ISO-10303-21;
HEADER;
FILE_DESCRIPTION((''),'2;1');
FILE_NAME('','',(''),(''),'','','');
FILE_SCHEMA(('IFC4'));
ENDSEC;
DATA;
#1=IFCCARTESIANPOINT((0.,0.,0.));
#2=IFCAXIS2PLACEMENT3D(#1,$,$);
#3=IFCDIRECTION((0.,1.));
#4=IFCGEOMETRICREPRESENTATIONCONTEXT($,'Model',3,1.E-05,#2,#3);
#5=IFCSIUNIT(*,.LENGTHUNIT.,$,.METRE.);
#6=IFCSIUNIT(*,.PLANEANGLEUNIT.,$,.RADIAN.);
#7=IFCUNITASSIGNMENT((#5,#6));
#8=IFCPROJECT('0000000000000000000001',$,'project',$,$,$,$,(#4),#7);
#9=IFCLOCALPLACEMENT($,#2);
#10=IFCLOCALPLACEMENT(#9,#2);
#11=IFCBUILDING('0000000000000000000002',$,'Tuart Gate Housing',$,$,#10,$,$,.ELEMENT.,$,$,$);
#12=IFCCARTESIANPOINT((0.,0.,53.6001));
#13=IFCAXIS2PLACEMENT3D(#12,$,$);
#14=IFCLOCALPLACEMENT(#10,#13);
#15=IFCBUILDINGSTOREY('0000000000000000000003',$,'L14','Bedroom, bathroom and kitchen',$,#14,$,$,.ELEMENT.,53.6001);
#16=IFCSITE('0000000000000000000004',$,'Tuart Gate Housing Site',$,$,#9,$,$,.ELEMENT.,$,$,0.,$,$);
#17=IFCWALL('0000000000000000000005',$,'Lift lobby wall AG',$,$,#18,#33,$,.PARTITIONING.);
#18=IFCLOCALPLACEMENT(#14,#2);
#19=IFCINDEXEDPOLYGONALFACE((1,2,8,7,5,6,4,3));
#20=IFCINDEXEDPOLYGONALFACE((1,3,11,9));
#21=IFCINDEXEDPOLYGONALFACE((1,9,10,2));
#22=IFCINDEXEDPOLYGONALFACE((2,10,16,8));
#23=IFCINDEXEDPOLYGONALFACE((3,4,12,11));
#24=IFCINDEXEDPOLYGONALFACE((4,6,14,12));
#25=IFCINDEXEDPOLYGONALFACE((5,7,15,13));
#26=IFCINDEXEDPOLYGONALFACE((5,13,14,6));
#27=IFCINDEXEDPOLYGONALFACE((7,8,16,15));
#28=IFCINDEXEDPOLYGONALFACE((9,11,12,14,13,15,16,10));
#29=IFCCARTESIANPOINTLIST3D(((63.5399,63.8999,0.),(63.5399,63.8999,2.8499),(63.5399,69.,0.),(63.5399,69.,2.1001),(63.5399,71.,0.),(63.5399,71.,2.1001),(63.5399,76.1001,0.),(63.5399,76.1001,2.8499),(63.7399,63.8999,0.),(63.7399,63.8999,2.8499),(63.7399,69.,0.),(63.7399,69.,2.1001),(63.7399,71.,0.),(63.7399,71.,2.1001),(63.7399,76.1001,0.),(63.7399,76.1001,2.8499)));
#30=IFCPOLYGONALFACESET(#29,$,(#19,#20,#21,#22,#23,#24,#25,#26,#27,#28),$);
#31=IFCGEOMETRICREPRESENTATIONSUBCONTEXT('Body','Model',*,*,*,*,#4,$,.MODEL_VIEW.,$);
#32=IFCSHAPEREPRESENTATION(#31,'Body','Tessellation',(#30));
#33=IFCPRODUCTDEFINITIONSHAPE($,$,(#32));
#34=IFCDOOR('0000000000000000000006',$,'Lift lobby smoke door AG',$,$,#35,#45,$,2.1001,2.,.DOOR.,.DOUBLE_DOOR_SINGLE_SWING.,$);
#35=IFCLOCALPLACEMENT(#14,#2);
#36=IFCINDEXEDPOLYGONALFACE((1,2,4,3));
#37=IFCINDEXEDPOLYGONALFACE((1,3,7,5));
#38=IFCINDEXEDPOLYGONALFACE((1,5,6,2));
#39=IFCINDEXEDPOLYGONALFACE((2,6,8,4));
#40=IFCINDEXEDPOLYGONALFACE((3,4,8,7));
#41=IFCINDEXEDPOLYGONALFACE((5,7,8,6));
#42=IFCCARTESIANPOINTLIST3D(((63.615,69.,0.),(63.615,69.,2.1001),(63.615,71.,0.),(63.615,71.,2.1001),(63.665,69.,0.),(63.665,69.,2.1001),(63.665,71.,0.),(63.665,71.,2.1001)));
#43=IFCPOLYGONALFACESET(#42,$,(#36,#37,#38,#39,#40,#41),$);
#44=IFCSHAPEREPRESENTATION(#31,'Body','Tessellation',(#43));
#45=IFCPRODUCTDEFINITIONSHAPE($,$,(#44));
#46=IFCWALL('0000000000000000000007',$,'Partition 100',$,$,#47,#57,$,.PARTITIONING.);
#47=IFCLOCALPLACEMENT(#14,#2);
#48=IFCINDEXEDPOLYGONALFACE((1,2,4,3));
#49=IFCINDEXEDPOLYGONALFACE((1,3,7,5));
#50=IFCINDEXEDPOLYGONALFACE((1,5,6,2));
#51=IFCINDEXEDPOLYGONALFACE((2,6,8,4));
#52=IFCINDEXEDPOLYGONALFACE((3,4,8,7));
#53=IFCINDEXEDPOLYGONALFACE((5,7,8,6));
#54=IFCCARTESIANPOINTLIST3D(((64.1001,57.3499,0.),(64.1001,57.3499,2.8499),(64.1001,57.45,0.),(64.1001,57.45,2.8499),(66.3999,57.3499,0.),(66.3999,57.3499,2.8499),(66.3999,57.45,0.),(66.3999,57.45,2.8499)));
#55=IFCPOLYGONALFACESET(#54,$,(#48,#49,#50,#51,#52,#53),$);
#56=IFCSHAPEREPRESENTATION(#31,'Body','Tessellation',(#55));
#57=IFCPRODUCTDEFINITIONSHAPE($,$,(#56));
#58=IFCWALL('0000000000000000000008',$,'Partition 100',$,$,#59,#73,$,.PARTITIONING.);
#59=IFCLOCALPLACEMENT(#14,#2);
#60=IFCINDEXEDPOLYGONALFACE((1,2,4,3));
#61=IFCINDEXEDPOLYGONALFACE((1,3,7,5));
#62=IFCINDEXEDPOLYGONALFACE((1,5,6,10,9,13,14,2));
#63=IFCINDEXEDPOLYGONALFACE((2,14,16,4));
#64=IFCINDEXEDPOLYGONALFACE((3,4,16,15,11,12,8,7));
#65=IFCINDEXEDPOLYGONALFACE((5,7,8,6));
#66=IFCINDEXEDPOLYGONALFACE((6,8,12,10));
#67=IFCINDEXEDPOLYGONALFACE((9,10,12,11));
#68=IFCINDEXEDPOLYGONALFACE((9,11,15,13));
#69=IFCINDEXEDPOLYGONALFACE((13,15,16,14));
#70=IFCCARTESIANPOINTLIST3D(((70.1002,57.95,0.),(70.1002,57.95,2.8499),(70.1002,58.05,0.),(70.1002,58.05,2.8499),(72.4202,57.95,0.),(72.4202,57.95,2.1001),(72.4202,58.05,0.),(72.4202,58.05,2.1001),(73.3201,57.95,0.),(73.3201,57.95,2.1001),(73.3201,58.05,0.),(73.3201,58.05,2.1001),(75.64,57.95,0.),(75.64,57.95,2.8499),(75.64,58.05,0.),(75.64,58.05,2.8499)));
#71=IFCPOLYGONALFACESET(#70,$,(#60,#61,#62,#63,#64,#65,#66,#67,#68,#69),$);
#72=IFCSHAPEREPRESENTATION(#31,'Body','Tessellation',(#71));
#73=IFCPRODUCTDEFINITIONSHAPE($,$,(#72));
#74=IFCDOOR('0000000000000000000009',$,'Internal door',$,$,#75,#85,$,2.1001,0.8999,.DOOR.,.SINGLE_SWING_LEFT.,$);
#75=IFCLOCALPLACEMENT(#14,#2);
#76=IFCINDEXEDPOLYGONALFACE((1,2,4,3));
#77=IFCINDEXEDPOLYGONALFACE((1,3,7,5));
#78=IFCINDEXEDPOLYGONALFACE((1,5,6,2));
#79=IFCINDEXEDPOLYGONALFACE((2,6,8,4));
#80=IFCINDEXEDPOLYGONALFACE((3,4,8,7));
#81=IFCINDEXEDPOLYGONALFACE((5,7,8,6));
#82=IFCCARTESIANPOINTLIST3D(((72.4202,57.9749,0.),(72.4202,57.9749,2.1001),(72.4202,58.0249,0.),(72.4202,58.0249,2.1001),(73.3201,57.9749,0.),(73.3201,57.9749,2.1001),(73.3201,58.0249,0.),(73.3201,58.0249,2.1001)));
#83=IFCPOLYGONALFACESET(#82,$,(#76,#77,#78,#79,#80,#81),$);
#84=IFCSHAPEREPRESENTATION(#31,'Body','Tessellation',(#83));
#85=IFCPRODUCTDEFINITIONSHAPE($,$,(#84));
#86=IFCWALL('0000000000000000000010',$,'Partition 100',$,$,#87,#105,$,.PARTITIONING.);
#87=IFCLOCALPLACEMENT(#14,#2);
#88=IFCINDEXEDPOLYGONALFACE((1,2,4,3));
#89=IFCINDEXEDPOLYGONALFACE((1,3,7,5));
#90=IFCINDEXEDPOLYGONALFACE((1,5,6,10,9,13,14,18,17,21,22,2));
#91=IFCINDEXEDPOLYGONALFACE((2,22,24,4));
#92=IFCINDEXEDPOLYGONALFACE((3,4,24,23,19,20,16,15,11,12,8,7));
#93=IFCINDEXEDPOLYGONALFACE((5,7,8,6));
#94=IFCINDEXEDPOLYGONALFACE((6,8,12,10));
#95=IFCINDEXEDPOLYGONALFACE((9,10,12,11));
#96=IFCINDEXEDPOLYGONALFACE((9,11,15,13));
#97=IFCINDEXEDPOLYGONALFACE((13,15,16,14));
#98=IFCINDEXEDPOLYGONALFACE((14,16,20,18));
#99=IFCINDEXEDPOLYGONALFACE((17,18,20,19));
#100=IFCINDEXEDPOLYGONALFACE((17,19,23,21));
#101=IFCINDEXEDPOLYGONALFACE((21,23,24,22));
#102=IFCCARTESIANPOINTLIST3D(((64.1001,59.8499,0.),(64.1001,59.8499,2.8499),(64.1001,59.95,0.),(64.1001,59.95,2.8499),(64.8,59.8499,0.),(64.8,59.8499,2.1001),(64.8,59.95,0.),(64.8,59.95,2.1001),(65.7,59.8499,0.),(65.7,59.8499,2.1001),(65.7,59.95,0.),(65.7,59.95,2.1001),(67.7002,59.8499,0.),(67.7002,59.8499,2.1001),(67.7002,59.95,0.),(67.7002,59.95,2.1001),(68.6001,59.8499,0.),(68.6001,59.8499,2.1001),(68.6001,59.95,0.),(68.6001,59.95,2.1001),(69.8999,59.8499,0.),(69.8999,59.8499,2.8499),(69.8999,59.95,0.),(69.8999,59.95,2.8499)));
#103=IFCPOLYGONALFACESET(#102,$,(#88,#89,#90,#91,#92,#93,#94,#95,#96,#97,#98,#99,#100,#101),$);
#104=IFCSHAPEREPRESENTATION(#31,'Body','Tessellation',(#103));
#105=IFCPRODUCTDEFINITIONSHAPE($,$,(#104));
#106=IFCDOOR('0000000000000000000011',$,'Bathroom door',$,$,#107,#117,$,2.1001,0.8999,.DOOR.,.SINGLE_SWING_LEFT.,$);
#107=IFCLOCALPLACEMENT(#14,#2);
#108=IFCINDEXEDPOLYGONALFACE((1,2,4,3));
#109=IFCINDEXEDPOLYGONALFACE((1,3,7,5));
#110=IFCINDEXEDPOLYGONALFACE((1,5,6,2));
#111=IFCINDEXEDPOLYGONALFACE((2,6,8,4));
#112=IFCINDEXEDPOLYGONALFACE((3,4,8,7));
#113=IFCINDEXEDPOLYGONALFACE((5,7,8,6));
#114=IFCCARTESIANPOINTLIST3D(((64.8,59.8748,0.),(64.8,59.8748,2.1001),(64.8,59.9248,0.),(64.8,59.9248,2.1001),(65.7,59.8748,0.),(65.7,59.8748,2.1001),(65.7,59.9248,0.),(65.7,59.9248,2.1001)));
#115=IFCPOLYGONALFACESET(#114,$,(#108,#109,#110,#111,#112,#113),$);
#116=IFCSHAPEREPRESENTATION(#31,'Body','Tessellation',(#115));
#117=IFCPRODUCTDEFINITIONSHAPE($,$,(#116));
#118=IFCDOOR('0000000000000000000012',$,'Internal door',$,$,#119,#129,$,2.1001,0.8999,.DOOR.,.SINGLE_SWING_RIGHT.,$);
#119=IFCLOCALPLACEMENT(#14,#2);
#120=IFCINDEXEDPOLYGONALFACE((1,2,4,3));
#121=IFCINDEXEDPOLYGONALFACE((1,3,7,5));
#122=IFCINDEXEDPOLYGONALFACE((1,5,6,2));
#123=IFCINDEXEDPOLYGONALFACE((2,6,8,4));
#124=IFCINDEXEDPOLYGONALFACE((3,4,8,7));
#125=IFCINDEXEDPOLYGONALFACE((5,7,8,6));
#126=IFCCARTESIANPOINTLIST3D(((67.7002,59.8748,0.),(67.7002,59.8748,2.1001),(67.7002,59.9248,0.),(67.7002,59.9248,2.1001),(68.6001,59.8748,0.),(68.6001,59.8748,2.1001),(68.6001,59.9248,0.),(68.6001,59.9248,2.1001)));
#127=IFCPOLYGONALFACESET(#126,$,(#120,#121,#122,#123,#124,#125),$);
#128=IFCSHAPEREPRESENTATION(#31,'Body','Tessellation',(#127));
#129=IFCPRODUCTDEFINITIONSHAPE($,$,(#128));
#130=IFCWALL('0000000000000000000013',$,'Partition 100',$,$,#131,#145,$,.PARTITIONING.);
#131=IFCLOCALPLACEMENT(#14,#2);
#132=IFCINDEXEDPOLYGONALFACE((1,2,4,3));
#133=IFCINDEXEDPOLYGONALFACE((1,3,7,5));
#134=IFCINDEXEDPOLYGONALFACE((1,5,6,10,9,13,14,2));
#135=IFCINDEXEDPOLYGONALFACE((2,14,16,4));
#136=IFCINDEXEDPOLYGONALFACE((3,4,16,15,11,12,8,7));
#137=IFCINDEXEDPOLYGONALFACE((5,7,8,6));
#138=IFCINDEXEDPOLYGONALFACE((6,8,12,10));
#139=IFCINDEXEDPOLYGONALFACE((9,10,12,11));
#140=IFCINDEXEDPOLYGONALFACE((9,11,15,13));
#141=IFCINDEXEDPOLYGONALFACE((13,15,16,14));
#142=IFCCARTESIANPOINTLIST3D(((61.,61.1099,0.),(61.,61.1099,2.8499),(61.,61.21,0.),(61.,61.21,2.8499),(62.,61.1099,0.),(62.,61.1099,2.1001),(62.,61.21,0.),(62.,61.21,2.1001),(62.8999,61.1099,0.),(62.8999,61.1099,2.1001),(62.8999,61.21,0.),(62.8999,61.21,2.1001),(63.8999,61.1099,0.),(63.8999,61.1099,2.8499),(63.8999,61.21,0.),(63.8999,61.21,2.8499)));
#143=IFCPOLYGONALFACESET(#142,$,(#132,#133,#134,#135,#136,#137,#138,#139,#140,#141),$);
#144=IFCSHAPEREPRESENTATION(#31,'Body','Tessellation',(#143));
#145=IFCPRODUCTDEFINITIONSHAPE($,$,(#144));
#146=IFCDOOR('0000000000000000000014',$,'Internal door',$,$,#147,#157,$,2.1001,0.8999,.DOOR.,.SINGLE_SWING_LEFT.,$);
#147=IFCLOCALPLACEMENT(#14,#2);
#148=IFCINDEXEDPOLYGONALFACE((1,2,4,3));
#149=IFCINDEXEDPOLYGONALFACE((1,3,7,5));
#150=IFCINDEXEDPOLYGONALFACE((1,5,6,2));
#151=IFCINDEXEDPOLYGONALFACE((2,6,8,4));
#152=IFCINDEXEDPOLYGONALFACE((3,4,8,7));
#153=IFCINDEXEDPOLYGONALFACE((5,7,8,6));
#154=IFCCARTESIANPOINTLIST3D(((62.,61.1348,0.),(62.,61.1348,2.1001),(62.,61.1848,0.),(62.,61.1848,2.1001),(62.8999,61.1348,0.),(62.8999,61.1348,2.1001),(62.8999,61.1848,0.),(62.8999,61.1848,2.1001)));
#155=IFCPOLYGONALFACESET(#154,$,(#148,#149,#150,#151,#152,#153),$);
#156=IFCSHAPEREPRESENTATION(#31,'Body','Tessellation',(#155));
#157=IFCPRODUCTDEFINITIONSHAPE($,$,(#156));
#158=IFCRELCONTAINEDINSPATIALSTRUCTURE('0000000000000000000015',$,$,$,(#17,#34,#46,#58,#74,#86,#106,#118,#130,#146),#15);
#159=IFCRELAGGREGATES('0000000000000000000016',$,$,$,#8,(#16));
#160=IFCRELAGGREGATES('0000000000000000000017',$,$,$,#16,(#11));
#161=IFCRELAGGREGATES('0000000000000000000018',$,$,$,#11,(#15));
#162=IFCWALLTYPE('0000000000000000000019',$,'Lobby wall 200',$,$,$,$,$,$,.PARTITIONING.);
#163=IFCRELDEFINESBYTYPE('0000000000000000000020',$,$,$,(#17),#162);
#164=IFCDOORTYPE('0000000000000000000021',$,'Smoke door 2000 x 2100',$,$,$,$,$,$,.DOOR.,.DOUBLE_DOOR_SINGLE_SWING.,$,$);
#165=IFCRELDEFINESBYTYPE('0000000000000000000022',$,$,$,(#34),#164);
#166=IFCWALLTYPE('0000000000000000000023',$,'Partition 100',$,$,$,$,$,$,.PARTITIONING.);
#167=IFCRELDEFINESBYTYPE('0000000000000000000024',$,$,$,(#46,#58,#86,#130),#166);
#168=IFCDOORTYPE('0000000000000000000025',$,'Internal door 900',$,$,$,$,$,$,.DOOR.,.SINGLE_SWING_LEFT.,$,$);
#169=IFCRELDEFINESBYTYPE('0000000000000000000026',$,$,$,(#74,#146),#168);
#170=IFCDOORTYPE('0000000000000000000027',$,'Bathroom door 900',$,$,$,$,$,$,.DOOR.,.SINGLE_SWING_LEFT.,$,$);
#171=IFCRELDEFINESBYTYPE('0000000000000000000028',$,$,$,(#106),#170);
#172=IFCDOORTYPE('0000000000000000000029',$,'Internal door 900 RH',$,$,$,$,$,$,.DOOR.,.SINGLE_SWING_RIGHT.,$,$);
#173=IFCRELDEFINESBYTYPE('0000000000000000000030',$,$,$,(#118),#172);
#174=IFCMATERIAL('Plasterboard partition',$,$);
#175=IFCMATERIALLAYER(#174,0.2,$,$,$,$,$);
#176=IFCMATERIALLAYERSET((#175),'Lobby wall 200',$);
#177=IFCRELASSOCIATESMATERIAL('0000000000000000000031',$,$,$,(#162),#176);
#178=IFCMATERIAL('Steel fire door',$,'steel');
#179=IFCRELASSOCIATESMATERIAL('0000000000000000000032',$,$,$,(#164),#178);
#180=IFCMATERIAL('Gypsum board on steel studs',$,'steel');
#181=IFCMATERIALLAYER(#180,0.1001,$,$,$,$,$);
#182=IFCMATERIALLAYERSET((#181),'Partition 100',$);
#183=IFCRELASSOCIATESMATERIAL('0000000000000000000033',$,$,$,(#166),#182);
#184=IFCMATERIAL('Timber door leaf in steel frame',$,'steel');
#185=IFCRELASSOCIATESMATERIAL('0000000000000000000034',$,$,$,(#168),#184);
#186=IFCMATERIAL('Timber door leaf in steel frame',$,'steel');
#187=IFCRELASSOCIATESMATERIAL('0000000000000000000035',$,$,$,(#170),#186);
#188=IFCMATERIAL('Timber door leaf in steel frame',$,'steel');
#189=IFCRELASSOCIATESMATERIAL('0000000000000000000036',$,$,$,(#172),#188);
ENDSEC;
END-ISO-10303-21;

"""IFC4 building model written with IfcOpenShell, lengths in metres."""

from ifc_helpers import new_model, si_unit, direction, frame, frame_2d, origin, place, context, subcontext, project, spatial, rectangle, extrude, material, layer, layer_set, type_object, element, fill, save


model = new_model("IFC4")

# Units and contexts
model_context = context("Model", 3, precision=1e-05, world=origin(), true_north=direction((0.0, 1.0)))
body_context = subcontext(model_context, "Body", "Model", "MODEL_VIEW")
ifc_project = project(units=[si_unit("LENGTHUNIT", "METRE"), si_unit("PLANEANGLEUNIT", "RADIAN")], contexts=[model_context])

# Site, building, storey
site_placement = place(None, origin())
site = spatial("IfcSite", under=ifc_project, at=site_placement, Name="Tuart Gate Housing Site", CompositionType="ELEMENT", RefElevation=0.0)
building_placement = place(site_placement, origin())
building = spatial("IfcBuilding", under=site, at=building_placement, Name="Tuart Gate Housing", CompositionType="ELEMENT")
storey_placement = place(building_placement, frame((0.0, 0.0, 53.6001)))
storey = spatial("IfcBuildingStorey", under=building, at=storey_placement, Name="L14", Description="Bedroom, bathroom and kitchen", CompositionType="ELEMENT", Elevation=53.6001)

# Wall, opening, door
ifc_material_1 = material(Name="Plasterboard partition")
ifc_layer_1 = layer(ifc_material_1, 0.2)
ifc_layer_set_1 = layer_set([ifc_layer_1], Name="Lobby wall 200")
wall_type_1 = type_object("IfcWallType", Name="Lobby wall 200", PredefinedType="PARTITIONING", material=ifc_layer_set_1)
wall_1_placement = place(storey_placement, frame((63.6399, 63.8999, 0.0), z_axis=(0.0, 0.0, 1.0), x_axis=(0.0, 1.0, 0.0)))
wall_1 = element("IfcWall", 1, at=wall_1_placement, inside=storey, type_object=wall_type_1, Name="Lift lobby wall AG", PredefinedType="PARTITIONING", context=body_context, shape_type="SweptSolid", body=[
    extrude(rectangle(XDim=12.2002, YDim=0.2, at=frame_2d((6.1001, 0.0))), origin(), (0.0, 0.0, 1.0), 2.8499),
])
opening_1_placement = place(wall_1_placement, frame((5.1001, 0.0, 0.0)))
opening_1 = element("IfcOpeningElement", 2, at=opening_1_placement, cuts=wall_1, PredefinedType="OPENING", context=body_context, shape_type="SweptSolid", body=[
    extrude(rectangle(XDim=2.0, YDim=2.1001, at=frame_2d((1.0, 1.05))), frame((0.0, 0.1099, 0.0), z_axis=(0.0, -1.0, 0.0), x_axis=(1.0, 0.0, 0.0)), (0.0, 0.0, 1.0), 0.22),
])
ifc_material_2 = material(Name="Steel fire door", Category="steel")
door_type_1 = type_object("IfcDoorType", Name="Smoke door 2000 x 2100", OperationType="DOUBLE_DOOR_SINGLE_SWING", PredefinedType="DOOR", material=ifc_material_2)
door_1_placement = place(opening_1_placement, frame((2.0, 0.0, 0.0), z_axis=(0.0, 0.0, 1.0), x_axis=(-1.0, 0.0, 0.0)))
door_1 = element("IfcDoor", 3, at=door_1_placement, inside=storey, type_object=door_type_1, Name="Lift lobby smoke door AG", OperationType="DOUBLE_DOOR_SINGLE_SWING", OverallHeight=2.1001, OverallWidth=2.0, PredefinedType="DOOR", context=body_context, shape_type="SweptSolid", body=[
    extrude(rectangle(XDim=2.0, YDim=2.1001, at=frame_2d((1.0, 1.05))), frame((0.0, 0.0251, 0.0), z_axis=(0.0, -1.0, 0.0), x_axis=(1.0, 0.0, 0.0)), (0.0, 0.0, 1.0), 0.05),
])
fill(opening_1, door_1)

# Wall
ifc_material_3 = material(Name="Gypsum board on steel studs", Category="steel")
ifc_layer_2 = layer(ifc_material_3, 0.1001)
ifc_layer_set_2 = layer_set([ifc_layer_2], Name="Partition 100")
wall_type_2 = type_object("IfcWallType", Name="Partition 100", PredefinedType="PARTITIONING", material=ifc_layer_set_2)
wall_2_placement = place(storey_placement, frame((64.1001, 57.3999, 0.0), z_axis=(0.0, 0.0, 1.0), x_axis=(1.0, 0.0, 0.0)))
element("IfcWall", 4, at=wall_2_placement, inside=storey, type_object=wall_type_2, Name="Partition 100", PredefinedType="PARTITIONING", context=body_context, shape_type="SweptSolid", body=[
    extrude(rectangle(XDim=2.2998, YDim=0.1001, at=frame_2d((1.1499, 0.0))), origin(), (0.0, 0.0, 1.0), 2.8499),
])

# Wall, opening, door
wall_3_placement = place(storey_placement, frame((70.1001, 58.0, 0.0), z_axis=(0.0, 0.0, 1.0), x_axis=(1.0, 0.0, 0.0)))
wall_3 = element("IfcWall", 5, at=wall_3_placement, inside=storey, type_object=wall_type_2, Name="Partition 100", PredefinedType="PARTITIONING", context=body_context, shape_type="SweptSolid", body=[
    extrude(rectangle(XDim=5.5398, YDim=0.1001, at=frame_2d((2.77, 0.0))), origin(), (0.0, 0.0, 1.0), 2.8499),
])
opening_2_placement = place(wall_3_placement, frame((2.3201, 0.0, 0.0)))
opening_2 = element("IfcOpeningElement", 6, at=opening_2_placement, cuts=wall_3, PredefinedType="OPENING", context=body_context, shape_type="SweptSolid", body=[
    extrude(rectangle(XDim=0.8999, YDim=2.1001, at=frame_2d((0.45, 1.05))), frame((0.0, 0.0601, 0.0), z_axis=(0.0, -1.0, 0.0), x_axis=(1.0, 0.0, 0.0)), (0.0, 0.0, 1.0), 0.1201),
])
ifc_material_4 = material(Name="Timber door leaf in steel frame", Category="steel")
door_type_2 = type_object("IfcDoorType", Name="Internal door 900", OperationType="SINGLE_SWING_LEFT", PredefinedType="DOOR", material=ifc_material_4)
door_2_placement = place(opening_2_placement, frame((0.8999, 0.0, 0.0), z_axis=(0.0, 0.0, 1.0), x_axis=(-1.0, 0.0, 0.0)))
door_2 = element("IfcDoor", 7, at=door_2_placement, inside=storey, type_object=door_type_2, Name="Internal door", OperationType="SINGLE_SWING_LEFT", OverallHeight=2.1001, OverallWidth=0.8999, PredefinedType="DOOR", context=body_context, shape_type="SweptSolid", body=[
    extrude(rectangle(XDim=0.8999, YDim=2.1001, at=frame_2d((0.45, 1.05))), frame((0.0, 0.0251, 0.0), z_axis=(0.0, -1.0, 0.0), x_axis=(1.0, 0.0, 0.0)), (0.0, 0.0, 1.0), 0.05),
])
fill(opening_2, door_2)

# Wall, openings, doors
wall_4_placement = place(storey_placement, frame((64.1001, 59.8999, 0.0), z_axis=(0.0, 0.0, 1.0), x_axis=(1.0, 0.0, 0.0)))
wall_4 = element("IfcWall", 8, at=wall_4_placement, inside=storey, type_object=wall_type_2, Name="Partition 100", PredefinedType="PARTITIONING", context=body_context, shape_type="SweptSolid", body=[
    extrude(rectangle(XDim=5.7998, YDim=0.1001, at=frame_2d((2.8999, 0.0))), origin(), (0.0, 0.0, 1.0), 2.8499),
])
opening_3_placement = place(wall_4_placement, frame((3.6001, 0.0, 0.0)))
opening_3 = element("IfcOpeningElement", 9, at=opening_3_placement, cuts=wall_4, PredefinedType="OPENING", context=body_context, shape_type="SweptSolid", body=[
    extrude(rectangle(XDim=0.8999, YDim=2.1001, at=frame_2d((0.45, 1.05))), frame((0.0, 0.0601, 0.0), z_axis=(0.0, -1.0, 0.0), x_axis=(1.0, 0.0, 0.0)), (0.0, 0.0, 1.0), 0.1201),
])
opening_4_placement = place(wall_4_placement, frame((0.7, 0.0, 0.0)))
opening_4 = element("IfcOpeningElement", 10, at=opening_4_placement, cuts=wall_4, PredefinedType="OPENING", context=body_context, shape_type="SweptSolid", body=[
    extrude(rectangle(XDim=0.8999, YDim=2.1001, at=frame_2d((0.45, 1.05))), frame((0.0, 0.0601, 0.0), z_axis=(0.0, -1.0, 0.0), x_axis=(1.0, 0.0, 0.0)), (0.0, 0.0, 1.0), 0.1201),
])
ifc_material_5 = material(Name="Timber door leaf in steel frame", Category="steel")
door_type_3 = type_object("IfcDoorType", Name="Bathroom door 900", OperationType="SINGLE_SWING_LEFT", PredefinedType="DOOR", material=ifc_material_5)
door_3_placement = place(opening_4_placement, frame((0.8999, 0.0, 0.0), z_axis=(0.0, 0.0, 1.0), x_axis=(-1.0, 0.0, 0.0)))
door_3 = element("IfcDoor", 11, at=door_3_placement, inside=storey, type_object=door_type_3, Name="Bathroom door", OperationType="SINGLE_SWING_LEFT", OverallHeight=2.1001, OverallWidth=0.8999, PredefinedType="DOOR", context=body_context, shape_type="SweptSolid", body=[
    extrude(rectangle(XDim=0.8999, YDim=2.1001, at=frame_2d((0.45, 1.05))), frame((0.0, 0.0251, 0.0), z_axis=(0.0, -1.0, 0.0), x_axis=(1.0, 0.0, 0.0)), (0.0, 0.0, 1.0), 0.05),
])
fill(opening_4, door_3)
ifc_material_6 = material(Name="Timber door leaf in steel frame", Category="steel")
door_type_4 = type_object("IfcDoorType", Name="Internal door 900 RH", OperationType="SINGLE_SWING_RIGHT", PredefinedType="DOOR", material=ifc_material_6)
door_4_placement = place(opening_3_placement, frame((0.8999, 0.0, 0.0), z_axis=(0.0, 0.0, 1.0), x_axis=(-1.0, 0.0, 0.0)))
door_4 = element("IfcDoor", 12, at=door_4_placement, inside=storey, type_object=door_type_4, Name="Internal door", OperationType="SINGLE_SWING_RIGHT", OverallHeight=2.1001, OverallWidth=0.8999, PredefinedType="DOOR", context=body_context, shape_type="SweptSolid", body=[
    extrude(rectangle(XDim=0.8999, YDim=2.1001, at=frame_2d((0.45, 1.05))), frame((0.0, 0.0251, 0.0), z_axis=(0.0, -1.0, 0.0), x_axis=(1.0, 0.0, 0.0)), (0.0, 0.0, 1.0), 0.05),
])
fill(opening_3, door_4)

# Wall, opening, door
wall_5_placement = place(storey_placement, frame((61.0, 61.1599, 0.0), z_axis=(0.0, 0.0, 1.0), x_axis=(1.0, 0.0, 0.0)))
wall_5 = element("IfcWall", 13, at=wall_5_placement, inside=storey, type_object=wall_type_2, Name="Partition 100", PredefinedType="PARTITIONING", context=body_context, shape_type="SweptSolid", body=[
    extrude(rectangle(XDim=2.8999, YDim=0.1001, at=frame_2d((1.45, 0.0))), origin(), (0.0, 0.0, 1.0), 2.8499),
])
opening_5_placement = place(wall_5_placement, frame((1.0, 0.0, 0.0)))
opening_5 = element("IfcOpeningElement", 14, at=opening_5_placement, cuts=wall_5, PredefinedType="OPENING", context=body_context, shape_type="SweptSolid", body=[
    extrude(rectangle(XDim=0.8999, YDim=2.1001, at=frame_2d((0.45, 1.05))), frame((0.0, 0.0601, 0.0), z_axis=(0.0, -1.0, 0.0), x_axis=(1.0, 0.0, 0.0)), (0.0, 0.0, 1.0), 0.1201),
])
door_5_placement = place(opening_5_placement, origin())
door_5 = element("IfcDoor", 15, at=door_5_placement, inside=storey, type_object=door_type_2, Name="Internal door", OperationType="SINGLE_SWING_LEFT", OverallHeight=2.1001, OverallWidth=0.8999, PredefinedType="DOOR", context=body_context, shape_type="SweptSolid", body=[
    extrude(rectangle(XDim=0.8999, YDim=2.1001, at=frame_2d((0.45, 1.05))), frame((0.0, 0.0249, 0.0), z_axis=(0.0, -1.0, 0.0), x_axis=(1.0, 0.0, 0.0)), (0.0, 0.0, 1.0), 0.05),
])
fill(opening_5, door_5)

save(model, "model.ifc")
